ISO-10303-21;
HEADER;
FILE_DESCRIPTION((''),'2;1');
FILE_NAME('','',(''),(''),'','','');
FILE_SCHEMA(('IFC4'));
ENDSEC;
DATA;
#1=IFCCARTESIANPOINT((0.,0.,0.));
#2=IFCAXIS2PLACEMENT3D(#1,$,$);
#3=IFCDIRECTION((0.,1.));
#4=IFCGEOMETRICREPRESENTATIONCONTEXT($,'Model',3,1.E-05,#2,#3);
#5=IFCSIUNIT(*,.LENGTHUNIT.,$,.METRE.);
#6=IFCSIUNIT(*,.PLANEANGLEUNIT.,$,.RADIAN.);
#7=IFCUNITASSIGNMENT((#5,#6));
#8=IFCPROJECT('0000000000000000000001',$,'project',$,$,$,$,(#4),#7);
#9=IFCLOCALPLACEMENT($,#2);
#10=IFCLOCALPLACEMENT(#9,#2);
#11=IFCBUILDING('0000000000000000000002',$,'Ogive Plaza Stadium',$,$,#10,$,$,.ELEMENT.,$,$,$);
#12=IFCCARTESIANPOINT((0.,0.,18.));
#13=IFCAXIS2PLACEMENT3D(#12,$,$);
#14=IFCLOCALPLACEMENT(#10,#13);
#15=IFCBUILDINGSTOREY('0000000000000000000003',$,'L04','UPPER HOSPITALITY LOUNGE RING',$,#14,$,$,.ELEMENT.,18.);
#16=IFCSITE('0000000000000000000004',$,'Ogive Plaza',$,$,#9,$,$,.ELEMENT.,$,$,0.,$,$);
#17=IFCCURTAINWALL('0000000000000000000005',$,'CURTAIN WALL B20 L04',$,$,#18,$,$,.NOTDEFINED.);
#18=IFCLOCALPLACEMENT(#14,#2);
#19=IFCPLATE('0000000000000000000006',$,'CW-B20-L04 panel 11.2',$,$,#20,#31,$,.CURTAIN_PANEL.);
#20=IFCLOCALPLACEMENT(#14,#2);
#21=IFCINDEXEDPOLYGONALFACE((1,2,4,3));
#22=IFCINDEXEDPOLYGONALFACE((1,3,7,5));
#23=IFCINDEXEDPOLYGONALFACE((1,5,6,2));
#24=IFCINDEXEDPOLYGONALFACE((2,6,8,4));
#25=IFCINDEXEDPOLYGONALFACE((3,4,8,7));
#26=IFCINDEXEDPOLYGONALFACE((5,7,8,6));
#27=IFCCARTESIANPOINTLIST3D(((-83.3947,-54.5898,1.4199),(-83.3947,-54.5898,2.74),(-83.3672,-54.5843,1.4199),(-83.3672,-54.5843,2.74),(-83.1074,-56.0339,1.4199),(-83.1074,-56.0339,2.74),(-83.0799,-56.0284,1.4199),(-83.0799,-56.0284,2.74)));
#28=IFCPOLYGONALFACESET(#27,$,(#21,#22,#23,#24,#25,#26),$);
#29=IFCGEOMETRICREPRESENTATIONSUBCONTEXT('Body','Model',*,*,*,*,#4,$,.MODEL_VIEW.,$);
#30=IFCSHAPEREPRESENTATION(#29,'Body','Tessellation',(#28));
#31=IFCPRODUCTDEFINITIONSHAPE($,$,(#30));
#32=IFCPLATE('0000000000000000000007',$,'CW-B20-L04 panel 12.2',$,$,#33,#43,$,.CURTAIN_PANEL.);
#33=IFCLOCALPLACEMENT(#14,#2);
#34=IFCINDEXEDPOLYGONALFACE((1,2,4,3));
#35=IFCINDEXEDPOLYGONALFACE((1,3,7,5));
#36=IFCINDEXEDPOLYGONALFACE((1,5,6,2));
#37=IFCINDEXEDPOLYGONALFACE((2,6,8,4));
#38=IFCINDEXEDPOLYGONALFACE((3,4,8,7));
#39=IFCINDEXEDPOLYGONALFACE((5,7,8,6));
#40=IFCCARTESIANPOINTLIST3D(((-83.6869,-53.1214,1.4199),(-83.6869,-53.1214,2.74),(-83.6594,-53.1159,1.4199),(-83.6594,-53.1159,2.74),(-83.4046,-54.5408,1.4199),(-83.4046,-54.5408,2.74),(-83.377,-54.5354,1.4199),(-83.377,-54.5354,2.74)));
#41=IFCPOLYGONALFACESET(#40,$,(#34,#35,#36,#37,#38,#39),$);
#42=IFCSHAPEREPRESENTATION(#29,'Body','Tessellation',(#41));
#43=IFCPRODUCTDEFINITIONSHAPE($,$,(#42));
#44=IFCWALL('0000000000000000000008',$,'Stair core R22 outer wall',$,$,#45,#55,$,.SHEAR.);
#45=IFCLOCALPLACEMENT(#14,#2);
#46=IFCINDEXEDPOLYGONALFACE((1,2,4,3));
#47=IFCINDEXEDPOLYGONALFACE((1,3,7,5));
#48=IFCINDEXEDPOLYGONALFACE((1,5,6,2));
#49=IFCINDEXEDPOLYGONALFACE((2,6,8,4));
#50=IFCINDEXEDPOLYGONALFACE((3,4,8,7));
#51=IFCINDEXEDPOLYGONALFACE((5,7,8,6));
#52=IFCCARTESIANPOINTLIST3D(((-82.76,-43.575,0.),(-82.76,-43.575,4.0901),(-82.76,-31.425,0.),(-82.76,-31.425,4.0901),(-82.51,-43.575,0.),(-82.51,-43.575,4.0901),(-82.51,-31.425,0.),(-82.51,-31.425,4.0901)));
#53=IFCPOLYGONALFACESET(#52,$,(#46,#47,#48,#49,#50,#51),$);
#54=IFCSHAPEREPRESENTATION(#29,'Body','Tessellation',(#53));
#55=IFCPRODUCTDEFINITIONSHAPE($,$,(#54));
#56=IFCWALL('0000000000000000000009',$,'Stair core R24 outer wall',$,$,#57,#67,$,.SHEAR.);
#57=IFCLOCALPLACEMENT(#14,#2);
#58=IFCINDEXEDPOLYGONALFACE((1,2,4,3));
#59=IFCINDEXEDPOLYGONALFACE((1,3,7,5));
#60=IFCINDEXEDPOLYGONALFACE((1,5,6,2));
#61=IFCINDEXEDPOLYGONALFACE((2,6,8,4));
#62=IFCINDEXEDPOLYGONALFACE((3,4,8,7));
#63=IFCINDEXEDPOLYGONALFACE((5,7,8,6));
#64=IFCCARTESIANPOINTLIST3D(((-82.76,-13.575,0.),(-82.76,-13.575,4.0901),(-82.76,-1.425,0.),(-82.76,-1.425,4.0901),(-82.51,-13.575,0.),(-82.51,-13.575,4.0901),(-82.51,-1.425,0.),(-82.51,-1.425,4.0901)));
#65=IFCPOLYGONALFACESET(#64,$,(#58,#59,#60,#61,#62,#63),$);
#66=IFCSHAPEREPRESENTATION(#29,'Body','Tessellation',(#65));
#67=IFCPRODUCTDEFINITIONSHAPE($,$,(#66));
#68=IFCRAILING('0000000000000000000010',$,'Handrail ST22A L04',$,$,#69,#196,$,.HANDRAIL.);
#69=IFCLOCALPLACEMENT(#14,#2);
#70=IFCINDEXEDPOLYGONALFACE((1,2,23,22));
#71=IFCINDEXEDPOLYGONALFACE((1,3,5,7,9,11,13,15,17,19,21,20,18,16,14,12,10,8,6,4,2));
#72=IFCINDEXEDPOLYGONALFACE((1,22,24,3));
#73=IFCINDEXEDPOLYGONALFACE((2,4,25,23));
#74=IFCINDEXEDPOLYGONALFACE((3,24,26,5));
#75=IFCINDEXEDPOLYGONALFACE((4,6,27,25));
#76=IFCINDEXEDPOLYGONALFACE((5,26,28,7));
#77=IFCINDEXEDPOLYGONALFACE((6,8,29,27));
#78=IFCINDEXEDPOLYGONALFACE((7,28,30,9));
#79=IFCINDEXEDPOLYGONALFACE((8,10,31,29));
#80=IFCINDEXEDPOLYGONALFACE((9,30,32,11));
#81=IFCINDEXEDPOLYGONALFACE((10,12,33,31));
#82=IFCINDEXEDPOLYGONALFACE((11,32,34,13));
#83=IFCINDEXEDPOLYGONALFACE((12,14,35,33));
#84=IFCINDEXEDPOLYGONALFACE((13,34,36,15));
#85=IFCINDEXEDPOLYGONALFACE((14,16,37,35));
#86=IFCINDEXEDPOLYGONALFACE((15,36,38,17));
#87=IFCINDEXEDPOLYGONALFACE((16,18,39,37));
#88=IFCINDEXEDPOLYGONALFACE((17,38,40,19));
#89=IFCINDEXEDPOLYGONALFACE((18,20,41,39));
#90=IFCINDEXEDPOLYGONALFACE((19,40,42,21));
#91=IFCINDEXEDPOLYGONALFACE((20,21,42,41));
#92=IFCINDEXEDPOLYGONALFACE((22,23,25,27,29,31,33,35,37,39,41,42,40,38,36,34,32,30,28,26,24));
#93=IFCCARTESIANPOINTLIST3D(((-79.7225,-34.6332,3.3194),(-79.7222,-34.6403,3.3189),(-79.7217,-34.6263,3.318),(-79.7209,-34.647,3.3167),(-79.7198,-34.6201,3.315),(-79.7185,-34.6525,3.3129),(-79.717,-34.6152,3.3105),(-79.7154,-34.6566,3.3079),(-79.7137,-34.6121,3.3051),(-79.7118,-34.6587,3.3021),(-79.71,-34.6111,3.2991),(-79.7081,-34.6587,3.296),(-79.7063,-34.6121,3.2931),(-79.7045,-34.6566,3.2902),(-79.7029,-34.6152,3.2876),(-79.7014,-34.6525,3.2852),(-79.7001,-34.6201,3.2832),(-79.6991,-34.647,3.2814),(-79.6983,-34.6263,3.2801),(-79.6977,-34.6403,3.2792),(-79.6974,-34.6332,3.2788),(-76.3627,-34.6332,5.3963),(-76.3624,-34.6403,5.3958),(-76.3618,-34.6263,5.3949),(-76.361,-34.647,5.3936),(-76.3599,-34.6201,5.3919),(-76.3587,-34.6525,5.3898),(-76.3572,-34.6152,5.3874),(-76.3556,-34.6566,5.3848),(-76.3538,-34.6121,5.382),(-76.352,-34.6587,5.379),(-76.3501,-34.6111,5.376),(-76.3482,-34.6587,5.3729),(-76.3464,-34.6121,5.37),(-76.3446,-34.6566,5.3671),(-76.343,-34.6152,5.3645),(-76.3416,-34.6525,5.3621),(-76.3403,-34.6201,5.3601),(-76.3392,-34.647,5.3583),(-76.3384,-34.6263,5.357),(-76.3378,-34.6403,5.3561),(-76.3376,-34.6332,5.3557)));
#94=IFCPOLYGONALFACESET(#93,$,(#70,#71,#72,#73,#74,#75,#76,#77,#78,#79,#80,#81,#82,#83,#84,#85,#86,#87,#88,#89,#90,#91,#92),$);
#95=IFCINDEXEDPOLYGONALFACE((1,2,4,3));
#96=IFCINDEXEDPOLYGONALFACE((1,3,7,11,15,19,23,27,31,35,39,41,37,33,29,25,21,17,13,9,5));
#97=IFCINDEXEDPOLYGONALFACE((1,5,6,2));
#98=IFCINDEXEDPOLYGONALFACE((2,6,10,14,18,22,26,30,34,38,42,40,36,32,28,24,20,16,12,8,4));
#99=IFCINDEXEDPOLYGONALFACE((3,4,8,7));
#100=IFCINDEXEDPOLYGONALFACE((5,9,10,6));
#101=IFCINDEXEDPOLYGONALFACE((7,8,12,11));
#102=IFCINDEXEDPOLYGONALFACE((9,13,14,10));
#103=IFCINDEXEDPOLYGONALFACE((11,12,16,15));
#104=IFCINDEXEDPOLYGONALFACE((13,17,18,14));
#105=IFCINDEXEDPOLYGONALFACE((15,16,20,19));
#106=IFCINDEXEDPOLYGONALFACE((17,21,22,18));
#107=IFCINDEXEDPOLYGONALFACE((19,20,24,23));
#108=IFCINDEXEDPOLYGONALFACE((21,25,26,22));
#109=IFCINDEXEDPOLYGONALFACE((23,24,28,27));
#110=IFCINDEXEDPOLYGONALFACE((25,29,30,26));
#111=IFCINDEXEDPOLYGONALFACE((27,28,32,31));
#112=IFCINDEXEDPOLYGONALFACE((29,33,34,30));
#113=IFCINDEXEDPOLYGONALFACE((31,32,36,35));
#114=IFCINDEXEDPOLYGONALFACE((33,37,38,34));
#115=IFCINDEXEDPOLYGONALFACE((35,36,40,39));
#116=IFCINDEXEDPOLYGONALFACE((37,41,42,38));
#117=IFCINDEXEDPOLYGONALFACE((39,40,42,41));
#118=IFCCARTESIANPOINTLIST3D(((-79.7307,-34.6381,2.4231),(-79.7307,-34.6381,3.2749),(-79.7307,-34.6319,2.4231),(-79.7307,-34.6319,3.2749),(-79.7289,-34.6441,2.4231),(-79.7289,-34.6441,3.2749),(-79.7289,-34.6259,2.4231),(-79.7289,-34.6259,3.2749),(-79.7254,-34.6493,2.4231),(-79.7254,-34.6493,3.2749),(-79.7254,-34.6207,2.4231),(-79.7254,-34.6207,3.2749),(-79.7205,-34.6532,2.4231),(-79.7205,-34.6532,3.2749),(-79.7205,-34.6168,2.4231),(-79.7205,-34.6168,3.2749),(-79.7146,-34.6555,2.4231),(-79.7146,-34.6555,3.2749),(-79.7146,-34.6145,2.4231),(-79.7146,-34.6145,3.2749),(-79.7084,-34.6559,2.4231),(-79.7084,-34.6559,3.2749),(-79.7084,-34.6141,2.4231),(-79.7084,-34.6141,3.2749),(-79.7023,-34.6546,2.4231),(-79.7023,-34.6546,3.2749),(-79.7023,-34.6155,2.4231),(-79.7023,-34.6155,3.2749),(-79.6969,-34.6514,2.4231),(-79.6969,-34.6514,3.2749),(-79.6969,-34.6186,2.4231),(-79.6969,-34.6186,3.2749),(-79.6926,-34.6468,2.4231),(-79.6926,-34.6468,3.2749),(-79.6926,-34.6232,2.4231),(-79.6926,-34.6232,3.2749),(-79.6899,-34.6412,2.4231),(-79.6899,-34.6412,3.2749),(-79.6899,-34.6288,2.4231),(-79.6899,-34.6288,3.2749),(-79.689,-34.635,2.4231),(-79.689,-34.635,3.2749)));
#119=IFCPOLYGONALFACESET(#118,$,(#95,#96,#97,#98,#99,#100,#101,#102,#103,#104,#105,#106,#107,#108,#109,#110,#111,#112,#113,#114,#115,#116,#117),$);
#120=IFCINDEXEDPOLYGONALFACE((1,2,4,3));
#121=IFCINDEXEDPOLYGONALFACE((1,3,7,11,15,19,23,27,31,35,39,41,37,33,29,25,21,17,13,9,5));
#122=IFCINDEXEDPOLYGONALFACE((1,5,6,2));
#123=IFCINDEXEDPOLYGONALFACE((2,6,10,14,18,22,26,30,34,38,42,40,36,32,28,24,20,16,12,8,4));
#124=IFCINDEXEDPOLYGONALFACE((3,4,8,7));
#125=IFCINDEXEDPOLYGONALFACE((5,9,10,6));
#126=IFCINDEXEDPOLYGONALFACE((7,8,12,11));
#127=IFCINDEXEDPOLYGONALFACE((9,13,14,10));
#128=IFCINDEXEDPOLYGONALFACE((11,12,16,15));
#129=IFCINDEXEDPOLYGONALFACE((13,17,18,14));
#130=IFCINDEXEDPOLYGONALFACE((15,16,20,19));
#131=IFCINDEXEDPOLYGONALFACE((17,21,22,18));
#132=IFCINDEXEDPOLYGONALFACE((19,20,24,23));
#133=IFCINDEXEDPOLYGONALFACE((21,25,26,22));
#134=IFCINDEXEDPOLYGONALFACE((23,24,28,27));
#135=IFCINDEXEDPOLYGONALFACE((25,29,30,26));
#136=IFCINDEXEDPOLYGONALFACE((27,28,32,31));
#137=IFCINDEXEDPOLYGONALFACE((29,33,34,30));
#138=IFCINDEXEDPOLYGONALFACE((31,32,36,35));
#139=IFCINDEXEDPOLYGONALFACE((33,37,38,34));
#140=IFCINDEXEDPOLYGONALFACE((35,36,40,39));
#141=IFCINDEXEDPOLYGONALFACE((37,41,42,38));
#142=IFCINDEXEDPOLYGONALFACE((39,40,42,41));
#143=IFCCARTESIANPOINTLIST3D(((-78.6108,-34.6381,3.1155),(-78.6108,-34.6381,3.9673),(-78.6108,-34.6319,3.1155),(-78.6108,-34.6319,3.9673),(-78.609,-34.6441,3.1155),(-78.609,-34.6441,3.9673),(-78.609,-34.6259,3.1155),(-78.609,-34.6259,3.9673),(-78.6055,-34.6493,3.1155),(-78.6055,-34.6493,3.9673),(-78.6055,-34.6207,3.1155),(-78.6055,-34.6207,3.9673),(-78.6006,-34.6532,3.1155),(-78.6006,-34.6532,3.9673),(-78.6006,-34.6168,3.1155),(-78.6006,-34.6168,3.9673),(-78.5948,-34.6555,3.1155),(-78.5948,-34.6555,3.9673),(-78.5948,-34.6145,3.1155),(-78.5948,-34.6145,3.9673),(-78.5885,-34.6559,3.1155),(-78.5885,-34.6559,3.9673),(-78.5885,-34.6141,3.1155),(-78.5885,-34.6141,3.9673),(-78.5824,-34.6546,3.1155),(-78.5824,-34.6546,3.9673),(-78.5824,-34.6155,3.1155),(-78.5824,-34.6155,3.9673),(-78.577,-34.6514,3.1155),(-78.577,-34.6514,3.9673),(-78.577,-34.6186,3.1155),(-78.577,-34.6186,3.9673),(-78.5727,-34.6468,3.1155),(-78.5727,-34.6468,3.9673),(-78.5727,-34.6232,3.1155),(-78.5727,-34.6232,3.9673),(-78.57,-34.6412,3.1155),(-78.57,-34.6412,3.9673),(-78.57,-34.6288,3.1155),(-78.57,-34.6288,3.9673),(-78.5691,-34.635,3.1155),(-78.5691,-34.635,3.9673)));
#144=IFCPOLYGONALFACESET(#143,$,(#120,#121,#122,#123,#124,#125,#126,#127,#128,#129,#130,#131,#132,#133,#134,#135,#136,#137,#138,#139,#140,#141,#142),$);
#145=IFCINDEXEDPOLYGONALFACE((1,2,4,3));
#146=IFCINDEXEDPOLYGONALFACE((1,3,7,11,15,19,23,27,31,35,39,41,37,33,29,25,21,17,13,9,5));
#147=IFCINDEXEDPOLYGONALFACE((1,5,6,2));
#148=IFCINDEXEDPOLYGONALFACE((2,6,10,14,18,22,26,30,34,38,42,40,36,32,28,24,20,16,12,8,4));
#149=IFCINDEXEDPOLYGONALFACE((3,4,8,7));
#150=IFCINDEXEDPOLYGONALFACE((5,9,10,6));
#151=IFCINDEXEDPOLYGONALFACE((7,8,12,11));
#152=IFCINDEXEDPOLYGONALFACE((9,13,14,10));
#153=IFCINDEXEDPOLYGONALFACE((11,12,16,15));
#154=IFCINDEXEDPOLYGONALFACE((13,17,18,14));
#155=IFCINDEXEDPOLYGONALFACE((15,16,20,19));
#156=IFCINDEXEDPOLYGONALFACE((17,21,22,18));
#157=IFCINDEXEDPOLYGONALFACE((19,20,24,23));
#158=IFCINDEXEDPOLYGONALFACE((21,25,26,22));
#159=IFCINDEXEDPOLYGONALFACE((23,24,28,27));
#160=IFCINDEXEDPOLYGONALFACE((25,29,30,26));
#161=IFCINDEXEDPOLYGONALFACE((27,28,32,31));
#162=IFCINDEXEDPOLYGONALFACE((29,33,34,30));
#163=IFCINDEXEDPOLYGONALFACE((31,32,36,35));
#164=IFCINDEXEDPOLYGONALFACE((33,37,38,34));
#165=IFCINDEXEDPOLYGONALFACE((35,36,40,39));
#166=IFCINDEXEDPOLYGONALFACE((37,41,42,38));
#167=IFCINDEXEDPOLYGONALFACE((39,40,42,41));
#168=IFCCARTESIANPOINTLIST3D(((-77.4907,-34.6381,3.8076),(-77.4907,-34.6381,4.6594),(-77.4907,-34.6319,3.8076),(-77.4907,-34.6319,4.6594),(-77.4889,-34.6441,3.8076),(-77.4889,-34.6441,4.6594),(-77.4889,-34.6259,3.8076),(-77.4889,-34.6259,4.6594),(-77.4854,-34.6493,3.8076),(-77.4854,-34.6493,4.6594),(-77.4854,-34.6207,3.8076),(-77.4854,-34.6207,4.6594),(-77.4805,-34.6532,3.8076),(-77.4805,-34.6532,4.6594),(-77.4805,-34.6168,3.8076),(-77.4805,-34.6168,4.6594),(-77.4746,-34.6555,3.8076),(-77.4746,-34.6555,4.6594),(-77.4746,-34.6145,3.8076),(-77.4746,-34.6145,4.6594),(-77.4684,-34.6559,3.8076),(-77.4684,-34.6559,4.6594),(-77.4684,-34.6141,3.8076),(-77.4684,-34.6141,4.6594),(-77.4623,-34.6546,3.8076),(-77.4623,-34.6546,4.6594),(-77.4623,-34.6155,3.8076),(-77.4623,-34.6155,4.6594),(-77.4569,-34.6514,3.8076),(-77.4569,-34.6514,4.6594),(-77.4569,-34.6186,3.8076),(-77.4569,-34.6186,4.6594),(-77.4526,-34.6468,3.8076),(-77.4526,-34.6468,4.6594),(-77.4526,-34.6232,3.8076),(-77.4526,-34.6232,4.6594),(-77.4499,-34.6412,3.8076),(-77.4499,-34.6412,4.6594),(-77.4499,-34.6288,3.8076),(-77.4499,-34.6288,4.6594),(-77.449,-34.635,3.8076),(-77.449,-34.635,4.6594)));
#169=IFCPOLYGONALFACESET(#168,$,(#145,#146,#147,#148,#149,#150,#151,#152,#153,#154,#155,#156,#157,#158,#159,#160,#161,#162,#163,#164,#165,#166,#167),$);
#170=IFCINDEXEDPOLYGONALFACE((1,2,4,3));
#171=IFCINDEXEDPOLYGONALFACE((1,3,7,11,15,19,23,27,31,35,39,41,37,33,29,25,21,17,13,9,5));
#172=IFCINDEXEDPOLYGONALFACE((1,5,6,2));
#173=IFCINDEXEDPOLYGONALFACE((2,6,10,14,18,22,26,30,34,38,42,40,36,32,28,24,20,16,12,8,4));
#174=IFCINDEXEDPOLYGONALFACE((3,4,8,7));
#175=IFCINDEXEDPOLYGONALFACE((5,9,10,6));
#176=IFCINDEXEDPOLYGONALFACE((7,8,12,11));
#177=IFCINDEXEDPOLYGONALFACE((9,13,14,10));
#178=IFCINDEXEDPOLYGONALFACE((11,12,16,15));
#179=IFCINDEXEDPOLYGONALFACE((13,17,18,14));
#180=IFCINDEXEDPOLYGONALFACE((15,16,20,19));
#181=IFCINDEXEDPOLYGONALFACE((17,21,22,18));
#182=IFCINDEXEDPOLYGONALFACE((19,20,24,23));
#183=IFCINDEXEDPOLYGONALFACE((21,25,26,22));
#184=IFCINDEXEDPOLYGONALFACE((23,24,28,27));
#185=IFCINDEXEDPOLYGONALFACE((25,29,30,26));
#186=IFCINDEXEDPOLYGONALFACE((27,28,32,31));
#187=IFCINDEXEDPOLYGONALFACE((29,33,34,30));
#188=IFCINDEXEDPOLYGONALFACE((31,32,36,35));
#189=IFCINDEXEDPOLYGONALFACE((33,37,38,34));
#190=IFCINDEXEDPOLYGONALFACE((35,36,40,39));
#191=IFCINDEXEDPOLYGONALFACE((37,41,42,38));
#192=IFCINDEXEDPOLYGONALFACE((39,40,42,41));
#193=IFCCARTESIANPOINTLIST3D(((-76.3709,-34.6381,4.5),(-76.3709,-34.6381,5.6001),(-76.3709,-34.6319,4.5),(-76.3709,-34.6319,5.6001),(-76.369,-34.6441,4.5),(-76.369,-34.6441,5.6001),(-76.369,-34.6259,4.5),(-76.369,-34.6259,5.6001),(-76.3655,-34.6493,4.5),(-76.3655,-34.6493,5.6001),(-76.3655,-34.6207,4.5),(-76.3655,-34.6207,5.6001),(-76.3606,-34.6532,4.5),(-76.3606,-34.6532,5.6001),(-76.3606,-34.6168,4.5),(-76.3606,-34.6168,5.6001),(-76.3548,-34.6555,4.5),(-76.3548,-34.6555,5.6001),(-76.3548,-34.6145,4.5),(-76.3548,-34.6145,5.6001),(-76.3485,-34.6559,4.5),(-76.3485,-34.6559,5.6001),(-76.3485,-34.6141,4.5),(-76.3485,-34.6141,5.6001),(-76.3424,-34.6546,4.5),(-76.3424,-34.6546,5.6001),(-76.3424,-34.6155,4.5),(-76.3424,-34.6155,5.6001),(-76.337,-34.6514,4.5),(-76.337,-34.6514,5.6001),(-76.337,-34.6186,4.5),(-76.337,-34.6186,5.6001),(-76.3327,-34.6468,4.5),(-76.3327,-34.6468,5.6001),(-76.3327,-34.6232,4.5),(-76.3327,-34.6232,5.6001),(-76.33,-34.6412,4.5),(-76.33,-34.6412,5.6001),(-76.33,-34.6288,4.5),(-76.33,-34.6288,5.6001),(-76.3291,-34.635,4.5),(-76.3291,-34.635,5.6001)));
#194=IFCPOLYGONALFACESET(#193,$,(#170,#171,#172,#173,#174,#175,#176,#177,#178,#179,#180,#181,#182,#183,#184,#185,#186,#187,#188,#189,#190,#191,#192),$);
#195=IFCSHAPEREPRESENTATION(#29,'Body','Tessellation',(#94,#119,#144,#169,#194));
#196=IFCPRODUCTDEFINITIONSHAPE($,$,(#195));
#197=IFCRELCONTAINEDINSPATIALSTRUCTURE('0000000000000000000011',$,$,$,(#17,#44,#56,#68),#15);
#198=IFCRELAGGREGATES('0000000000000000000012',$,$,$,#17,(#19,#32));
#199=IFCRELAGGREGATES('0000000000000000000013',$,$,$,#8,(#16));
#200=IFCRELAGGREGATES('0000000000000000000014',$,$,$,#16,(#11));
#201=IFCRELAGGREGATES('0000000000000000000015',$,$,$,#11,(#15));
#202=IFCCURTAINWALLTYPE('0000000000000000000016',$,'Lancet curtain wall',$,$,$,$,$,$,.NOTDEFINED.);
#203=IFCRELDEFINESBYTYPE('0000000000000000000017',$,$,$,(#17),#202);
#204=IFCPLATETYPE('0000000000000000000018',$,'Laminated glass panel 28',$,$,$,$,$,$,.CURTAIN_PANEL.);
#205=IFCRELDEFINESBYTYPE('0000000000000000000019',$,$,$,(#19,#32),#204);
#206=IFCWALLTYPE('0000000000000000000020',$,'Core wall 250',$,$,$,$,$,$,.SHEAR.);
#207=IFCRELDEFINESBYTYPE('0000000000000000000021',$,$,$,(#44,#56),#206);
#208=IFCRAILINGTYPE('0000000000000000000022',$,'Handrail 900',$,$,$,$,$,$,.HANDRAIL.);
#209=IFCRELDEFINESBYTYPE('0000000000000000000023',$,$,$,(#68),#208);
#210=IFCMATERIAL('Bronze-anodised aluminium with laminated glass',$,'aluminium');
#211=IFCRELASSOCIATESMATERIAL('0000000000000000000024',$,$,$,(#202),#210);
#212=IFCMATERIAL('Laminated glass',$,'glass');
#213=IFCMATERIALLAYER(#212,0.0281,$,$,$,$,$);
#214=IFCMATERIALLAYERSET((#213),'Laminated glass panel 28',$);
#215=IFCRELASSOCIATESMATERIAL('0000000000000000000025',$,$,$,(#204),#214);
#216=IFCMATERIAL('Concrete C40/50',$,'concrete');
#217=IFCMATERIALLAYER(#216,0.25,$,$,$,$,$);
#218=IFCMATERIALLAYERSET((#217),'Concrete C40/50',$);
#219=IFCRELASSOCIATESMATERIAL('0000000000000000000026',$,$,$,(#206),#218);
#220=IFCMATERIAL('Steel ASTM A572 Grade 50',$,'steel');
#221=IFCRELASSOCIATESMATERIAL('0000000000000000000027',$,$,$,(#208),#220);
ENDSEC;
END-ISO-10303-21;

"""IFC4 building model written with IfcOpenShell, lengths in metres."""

from ifc_helpers import new_model, si_unit, direction, frame, frame_2d, origin, origin_2d, place, context, subcontext, project, spatial, rectangle, circle, extrude, material, layer, layer_set, type_object, element, aggregate, save


model = new_model("IFC4")

# Units and contexts
model_context = context("Model", 3, precision=1e-05, world=origin(), true_north=direction((0.0, 1.0)))
body_context = subcontext(model_context, "Body", "Model", "MODEL_VIEW")
ifc_project = project(units=[si_unit("LENGTHUNIT", "METRE"), si_unit("PLANEANGLEUNIT", "RADIAN")], contexts=[model_context])

# Site, building, storey
site_placement = place(None, origin())
site = spatial("IfcSite", under=ifc_project, at=site_placement, Name="Ogive Plaza", CompositionType="ELEMENT", RefElevation=0.0)
building_placement = place(site_placement, origin())
building = spatial("IfcBuilding", under=site, at=building_placement, Name="Ogive Plaza Stadium", CompositionType="ELEMENT")
storey_placement = place(building_placement, frame((0.0, 0.0, 18.0)))
storey = spatial("IfcBuildingStorey", under=building, at=storey_placement, Name="L04", Description="UPPER HOSPITALITY LOUNGE RING", CompositionType="ELEMENT", Elevation=18.0)

# Curtain wall, plates
ifc_material_1 = material(Name="Bronze-anodised aluminium with laminated glass", Category="aluminium")
curtain_wall_type = type_object("IfcCurtainWallType", Name="Lancet curtain wall", PredefinedType="NOTDEFINED", material=ifc_material_1)
curtain_wall_placement = place(storey_placement, origin())
curtain_wall = element("IfcCurtainWall", 1, at=curtain_wall_placement, inside=storey, type_object=curtain_wall_type, Name="CURTAIN WALL B20 L04", PredefinedType="NOTDEFINED")
ifc_material_2 = material(Name="Laminated glass", Category="glass")
ifc_layer_1 = layer(ifc_material_2, 0.0281)
ifc_layer_set_1 = layer_set([ifc_layer_1], Name="Laminated glass panel 28")
plate_type = type_object("IfcPlateType", Name="Laminated glass panel 28", PredefinedType="CURTAIN_PANEL", material=ifc_layer_set_1)
plate_1_placement = place(storey_placement, frame((-83.2373, -55.3091, 1.4199), z_axis=(0.0, 0.0, 1.0), x_axis=(-0.19509, 0.980785, 0.0)))
plate_1 = element("IfcPlate", 2, at=plate_1_placement, type_object=plate_type, Name="CW-B20-L04 panel 11.2", PredefinedType="CURTAIN_PANEL", context=body_context, shape_type="SweptSolid", body=[
    extrude(rectangle(XDim=1.4724, YDim=0.0281, at=origin_2d()), origin(), (0.0, 0.0, 1.0), 1.3201),
])
plate_2_placement = place(storey_placement, frame((-83.532, -53.8284, 1.4199), z_axis=(0.0, 0.0, 1.0), x_axis=(-0.19509, 0.980785, 0.0)))
plate_2 = element("IfcPlate", 3, at=plate_2_placement, type_object=plate_type, Name="CW-B20-L04 panel 12.2", PredefinedType="CURTAIN_PANEL", context=body_context, shape_type="SweptSolid", body=[
    extrude(rectangle(XDim=1.4473, YDim=0.0281, at=origin_2d()), origin(), (0.0, 0.0, 1.0), 1.3201),
])
aggregate(curtain_wall, [plate_1, plate_2])

# Walls
ifc_material_3 = material(Name="Concrete C40/50", Category="concrete")
ifc_layer_2 = layer(ifc_material_3, 0.25)
ifc_layer_set_2 = layer_set([ifc_layer_2], Name="Concrete C40/50")
wall_type = type_object("IfcWallType", Name="Core wall 250", PredefinedType="SHEAR", material=ifc_layer_set_2)
for number, where, z_axis, x_axis, name in (
    (4, (-82.635, -31.425, 0.0), (0.0, 0.0, 1.0), (0.0, -1.0, 0.0), "Stair core R22 outer wall"),
    (5, (-82.635, -1.425, 0.0), (0.0, 0.0, 1.0), (0.0, -1.0, 0.0), "Stair core R24 outer wall"),
):
    element("IfcWall", number, at=place(storey_placement, frame(where, z_axis=z_axis, x_axis=x_axis)), inside=storey, type_object=wall_type, Name=name, PredefinedType="SHEAR", context=body_context, shape_type="SweptSolid", body=[
        extrude(rectangle(XDim=12.1499, YDim=0.25, at=frame_2d((6.075, 0.0))), origin(), (0.0, 0.0, 1.0), 4.0901),
    ])

# Railing
ifc_material_4 = material(Name="Steel ASTM A572 Grade 50", Category="steel")
railing_type = type_object("IfcRailingType", Name="Handrail 900", PredefinedType="HANDRAIL", material=ifc_material_4)
for number, where, name in (
    (6, (-79.71, -34.635, 2.4231), "Handrail ST22A L04"),
):
    element("IfcRailing", number, at=place(storey_placement, frame(where)), inside=storey, type_object=railing_type, Name=name, PredefinedType="HANDRAIL", context=body_context, shape_type="SweptSolid", body=[
        extrude(circle(Radius=0.0239, at=origin_2d()), frame((0.0, 0.0, 0.876), z_axis=(0.850606, 0.0, 0.525803), x_axis=(0.0, 1.0, 0.0)), (0.0, 0.0, 1.0), 3.95),
        extrude(circle(Radius=0.021, at=origin_2d()), origin(), (0.0, 0.0, 1.0), 0.8518),
        extrude(circle(Radius=0.021, at=origin_2d()), frame((1.1199, 0.0, 0.6924)), (0.0, 0.0, 1.0), 0.8518),
        extrude(circle(Radius=0.021, at=origin_2d()), frame((2.24, 0.0, 1.3845)), (0.0, 0.0, 1.0), 0.8518),
        extrude(circle(Radius=0.021, at=origin_2d()), frame((3.3599, 0.0, 2.0769)), (0.0, 0.0, 1.0), 1.1001),
    ])

save(model, "model.ifc")
